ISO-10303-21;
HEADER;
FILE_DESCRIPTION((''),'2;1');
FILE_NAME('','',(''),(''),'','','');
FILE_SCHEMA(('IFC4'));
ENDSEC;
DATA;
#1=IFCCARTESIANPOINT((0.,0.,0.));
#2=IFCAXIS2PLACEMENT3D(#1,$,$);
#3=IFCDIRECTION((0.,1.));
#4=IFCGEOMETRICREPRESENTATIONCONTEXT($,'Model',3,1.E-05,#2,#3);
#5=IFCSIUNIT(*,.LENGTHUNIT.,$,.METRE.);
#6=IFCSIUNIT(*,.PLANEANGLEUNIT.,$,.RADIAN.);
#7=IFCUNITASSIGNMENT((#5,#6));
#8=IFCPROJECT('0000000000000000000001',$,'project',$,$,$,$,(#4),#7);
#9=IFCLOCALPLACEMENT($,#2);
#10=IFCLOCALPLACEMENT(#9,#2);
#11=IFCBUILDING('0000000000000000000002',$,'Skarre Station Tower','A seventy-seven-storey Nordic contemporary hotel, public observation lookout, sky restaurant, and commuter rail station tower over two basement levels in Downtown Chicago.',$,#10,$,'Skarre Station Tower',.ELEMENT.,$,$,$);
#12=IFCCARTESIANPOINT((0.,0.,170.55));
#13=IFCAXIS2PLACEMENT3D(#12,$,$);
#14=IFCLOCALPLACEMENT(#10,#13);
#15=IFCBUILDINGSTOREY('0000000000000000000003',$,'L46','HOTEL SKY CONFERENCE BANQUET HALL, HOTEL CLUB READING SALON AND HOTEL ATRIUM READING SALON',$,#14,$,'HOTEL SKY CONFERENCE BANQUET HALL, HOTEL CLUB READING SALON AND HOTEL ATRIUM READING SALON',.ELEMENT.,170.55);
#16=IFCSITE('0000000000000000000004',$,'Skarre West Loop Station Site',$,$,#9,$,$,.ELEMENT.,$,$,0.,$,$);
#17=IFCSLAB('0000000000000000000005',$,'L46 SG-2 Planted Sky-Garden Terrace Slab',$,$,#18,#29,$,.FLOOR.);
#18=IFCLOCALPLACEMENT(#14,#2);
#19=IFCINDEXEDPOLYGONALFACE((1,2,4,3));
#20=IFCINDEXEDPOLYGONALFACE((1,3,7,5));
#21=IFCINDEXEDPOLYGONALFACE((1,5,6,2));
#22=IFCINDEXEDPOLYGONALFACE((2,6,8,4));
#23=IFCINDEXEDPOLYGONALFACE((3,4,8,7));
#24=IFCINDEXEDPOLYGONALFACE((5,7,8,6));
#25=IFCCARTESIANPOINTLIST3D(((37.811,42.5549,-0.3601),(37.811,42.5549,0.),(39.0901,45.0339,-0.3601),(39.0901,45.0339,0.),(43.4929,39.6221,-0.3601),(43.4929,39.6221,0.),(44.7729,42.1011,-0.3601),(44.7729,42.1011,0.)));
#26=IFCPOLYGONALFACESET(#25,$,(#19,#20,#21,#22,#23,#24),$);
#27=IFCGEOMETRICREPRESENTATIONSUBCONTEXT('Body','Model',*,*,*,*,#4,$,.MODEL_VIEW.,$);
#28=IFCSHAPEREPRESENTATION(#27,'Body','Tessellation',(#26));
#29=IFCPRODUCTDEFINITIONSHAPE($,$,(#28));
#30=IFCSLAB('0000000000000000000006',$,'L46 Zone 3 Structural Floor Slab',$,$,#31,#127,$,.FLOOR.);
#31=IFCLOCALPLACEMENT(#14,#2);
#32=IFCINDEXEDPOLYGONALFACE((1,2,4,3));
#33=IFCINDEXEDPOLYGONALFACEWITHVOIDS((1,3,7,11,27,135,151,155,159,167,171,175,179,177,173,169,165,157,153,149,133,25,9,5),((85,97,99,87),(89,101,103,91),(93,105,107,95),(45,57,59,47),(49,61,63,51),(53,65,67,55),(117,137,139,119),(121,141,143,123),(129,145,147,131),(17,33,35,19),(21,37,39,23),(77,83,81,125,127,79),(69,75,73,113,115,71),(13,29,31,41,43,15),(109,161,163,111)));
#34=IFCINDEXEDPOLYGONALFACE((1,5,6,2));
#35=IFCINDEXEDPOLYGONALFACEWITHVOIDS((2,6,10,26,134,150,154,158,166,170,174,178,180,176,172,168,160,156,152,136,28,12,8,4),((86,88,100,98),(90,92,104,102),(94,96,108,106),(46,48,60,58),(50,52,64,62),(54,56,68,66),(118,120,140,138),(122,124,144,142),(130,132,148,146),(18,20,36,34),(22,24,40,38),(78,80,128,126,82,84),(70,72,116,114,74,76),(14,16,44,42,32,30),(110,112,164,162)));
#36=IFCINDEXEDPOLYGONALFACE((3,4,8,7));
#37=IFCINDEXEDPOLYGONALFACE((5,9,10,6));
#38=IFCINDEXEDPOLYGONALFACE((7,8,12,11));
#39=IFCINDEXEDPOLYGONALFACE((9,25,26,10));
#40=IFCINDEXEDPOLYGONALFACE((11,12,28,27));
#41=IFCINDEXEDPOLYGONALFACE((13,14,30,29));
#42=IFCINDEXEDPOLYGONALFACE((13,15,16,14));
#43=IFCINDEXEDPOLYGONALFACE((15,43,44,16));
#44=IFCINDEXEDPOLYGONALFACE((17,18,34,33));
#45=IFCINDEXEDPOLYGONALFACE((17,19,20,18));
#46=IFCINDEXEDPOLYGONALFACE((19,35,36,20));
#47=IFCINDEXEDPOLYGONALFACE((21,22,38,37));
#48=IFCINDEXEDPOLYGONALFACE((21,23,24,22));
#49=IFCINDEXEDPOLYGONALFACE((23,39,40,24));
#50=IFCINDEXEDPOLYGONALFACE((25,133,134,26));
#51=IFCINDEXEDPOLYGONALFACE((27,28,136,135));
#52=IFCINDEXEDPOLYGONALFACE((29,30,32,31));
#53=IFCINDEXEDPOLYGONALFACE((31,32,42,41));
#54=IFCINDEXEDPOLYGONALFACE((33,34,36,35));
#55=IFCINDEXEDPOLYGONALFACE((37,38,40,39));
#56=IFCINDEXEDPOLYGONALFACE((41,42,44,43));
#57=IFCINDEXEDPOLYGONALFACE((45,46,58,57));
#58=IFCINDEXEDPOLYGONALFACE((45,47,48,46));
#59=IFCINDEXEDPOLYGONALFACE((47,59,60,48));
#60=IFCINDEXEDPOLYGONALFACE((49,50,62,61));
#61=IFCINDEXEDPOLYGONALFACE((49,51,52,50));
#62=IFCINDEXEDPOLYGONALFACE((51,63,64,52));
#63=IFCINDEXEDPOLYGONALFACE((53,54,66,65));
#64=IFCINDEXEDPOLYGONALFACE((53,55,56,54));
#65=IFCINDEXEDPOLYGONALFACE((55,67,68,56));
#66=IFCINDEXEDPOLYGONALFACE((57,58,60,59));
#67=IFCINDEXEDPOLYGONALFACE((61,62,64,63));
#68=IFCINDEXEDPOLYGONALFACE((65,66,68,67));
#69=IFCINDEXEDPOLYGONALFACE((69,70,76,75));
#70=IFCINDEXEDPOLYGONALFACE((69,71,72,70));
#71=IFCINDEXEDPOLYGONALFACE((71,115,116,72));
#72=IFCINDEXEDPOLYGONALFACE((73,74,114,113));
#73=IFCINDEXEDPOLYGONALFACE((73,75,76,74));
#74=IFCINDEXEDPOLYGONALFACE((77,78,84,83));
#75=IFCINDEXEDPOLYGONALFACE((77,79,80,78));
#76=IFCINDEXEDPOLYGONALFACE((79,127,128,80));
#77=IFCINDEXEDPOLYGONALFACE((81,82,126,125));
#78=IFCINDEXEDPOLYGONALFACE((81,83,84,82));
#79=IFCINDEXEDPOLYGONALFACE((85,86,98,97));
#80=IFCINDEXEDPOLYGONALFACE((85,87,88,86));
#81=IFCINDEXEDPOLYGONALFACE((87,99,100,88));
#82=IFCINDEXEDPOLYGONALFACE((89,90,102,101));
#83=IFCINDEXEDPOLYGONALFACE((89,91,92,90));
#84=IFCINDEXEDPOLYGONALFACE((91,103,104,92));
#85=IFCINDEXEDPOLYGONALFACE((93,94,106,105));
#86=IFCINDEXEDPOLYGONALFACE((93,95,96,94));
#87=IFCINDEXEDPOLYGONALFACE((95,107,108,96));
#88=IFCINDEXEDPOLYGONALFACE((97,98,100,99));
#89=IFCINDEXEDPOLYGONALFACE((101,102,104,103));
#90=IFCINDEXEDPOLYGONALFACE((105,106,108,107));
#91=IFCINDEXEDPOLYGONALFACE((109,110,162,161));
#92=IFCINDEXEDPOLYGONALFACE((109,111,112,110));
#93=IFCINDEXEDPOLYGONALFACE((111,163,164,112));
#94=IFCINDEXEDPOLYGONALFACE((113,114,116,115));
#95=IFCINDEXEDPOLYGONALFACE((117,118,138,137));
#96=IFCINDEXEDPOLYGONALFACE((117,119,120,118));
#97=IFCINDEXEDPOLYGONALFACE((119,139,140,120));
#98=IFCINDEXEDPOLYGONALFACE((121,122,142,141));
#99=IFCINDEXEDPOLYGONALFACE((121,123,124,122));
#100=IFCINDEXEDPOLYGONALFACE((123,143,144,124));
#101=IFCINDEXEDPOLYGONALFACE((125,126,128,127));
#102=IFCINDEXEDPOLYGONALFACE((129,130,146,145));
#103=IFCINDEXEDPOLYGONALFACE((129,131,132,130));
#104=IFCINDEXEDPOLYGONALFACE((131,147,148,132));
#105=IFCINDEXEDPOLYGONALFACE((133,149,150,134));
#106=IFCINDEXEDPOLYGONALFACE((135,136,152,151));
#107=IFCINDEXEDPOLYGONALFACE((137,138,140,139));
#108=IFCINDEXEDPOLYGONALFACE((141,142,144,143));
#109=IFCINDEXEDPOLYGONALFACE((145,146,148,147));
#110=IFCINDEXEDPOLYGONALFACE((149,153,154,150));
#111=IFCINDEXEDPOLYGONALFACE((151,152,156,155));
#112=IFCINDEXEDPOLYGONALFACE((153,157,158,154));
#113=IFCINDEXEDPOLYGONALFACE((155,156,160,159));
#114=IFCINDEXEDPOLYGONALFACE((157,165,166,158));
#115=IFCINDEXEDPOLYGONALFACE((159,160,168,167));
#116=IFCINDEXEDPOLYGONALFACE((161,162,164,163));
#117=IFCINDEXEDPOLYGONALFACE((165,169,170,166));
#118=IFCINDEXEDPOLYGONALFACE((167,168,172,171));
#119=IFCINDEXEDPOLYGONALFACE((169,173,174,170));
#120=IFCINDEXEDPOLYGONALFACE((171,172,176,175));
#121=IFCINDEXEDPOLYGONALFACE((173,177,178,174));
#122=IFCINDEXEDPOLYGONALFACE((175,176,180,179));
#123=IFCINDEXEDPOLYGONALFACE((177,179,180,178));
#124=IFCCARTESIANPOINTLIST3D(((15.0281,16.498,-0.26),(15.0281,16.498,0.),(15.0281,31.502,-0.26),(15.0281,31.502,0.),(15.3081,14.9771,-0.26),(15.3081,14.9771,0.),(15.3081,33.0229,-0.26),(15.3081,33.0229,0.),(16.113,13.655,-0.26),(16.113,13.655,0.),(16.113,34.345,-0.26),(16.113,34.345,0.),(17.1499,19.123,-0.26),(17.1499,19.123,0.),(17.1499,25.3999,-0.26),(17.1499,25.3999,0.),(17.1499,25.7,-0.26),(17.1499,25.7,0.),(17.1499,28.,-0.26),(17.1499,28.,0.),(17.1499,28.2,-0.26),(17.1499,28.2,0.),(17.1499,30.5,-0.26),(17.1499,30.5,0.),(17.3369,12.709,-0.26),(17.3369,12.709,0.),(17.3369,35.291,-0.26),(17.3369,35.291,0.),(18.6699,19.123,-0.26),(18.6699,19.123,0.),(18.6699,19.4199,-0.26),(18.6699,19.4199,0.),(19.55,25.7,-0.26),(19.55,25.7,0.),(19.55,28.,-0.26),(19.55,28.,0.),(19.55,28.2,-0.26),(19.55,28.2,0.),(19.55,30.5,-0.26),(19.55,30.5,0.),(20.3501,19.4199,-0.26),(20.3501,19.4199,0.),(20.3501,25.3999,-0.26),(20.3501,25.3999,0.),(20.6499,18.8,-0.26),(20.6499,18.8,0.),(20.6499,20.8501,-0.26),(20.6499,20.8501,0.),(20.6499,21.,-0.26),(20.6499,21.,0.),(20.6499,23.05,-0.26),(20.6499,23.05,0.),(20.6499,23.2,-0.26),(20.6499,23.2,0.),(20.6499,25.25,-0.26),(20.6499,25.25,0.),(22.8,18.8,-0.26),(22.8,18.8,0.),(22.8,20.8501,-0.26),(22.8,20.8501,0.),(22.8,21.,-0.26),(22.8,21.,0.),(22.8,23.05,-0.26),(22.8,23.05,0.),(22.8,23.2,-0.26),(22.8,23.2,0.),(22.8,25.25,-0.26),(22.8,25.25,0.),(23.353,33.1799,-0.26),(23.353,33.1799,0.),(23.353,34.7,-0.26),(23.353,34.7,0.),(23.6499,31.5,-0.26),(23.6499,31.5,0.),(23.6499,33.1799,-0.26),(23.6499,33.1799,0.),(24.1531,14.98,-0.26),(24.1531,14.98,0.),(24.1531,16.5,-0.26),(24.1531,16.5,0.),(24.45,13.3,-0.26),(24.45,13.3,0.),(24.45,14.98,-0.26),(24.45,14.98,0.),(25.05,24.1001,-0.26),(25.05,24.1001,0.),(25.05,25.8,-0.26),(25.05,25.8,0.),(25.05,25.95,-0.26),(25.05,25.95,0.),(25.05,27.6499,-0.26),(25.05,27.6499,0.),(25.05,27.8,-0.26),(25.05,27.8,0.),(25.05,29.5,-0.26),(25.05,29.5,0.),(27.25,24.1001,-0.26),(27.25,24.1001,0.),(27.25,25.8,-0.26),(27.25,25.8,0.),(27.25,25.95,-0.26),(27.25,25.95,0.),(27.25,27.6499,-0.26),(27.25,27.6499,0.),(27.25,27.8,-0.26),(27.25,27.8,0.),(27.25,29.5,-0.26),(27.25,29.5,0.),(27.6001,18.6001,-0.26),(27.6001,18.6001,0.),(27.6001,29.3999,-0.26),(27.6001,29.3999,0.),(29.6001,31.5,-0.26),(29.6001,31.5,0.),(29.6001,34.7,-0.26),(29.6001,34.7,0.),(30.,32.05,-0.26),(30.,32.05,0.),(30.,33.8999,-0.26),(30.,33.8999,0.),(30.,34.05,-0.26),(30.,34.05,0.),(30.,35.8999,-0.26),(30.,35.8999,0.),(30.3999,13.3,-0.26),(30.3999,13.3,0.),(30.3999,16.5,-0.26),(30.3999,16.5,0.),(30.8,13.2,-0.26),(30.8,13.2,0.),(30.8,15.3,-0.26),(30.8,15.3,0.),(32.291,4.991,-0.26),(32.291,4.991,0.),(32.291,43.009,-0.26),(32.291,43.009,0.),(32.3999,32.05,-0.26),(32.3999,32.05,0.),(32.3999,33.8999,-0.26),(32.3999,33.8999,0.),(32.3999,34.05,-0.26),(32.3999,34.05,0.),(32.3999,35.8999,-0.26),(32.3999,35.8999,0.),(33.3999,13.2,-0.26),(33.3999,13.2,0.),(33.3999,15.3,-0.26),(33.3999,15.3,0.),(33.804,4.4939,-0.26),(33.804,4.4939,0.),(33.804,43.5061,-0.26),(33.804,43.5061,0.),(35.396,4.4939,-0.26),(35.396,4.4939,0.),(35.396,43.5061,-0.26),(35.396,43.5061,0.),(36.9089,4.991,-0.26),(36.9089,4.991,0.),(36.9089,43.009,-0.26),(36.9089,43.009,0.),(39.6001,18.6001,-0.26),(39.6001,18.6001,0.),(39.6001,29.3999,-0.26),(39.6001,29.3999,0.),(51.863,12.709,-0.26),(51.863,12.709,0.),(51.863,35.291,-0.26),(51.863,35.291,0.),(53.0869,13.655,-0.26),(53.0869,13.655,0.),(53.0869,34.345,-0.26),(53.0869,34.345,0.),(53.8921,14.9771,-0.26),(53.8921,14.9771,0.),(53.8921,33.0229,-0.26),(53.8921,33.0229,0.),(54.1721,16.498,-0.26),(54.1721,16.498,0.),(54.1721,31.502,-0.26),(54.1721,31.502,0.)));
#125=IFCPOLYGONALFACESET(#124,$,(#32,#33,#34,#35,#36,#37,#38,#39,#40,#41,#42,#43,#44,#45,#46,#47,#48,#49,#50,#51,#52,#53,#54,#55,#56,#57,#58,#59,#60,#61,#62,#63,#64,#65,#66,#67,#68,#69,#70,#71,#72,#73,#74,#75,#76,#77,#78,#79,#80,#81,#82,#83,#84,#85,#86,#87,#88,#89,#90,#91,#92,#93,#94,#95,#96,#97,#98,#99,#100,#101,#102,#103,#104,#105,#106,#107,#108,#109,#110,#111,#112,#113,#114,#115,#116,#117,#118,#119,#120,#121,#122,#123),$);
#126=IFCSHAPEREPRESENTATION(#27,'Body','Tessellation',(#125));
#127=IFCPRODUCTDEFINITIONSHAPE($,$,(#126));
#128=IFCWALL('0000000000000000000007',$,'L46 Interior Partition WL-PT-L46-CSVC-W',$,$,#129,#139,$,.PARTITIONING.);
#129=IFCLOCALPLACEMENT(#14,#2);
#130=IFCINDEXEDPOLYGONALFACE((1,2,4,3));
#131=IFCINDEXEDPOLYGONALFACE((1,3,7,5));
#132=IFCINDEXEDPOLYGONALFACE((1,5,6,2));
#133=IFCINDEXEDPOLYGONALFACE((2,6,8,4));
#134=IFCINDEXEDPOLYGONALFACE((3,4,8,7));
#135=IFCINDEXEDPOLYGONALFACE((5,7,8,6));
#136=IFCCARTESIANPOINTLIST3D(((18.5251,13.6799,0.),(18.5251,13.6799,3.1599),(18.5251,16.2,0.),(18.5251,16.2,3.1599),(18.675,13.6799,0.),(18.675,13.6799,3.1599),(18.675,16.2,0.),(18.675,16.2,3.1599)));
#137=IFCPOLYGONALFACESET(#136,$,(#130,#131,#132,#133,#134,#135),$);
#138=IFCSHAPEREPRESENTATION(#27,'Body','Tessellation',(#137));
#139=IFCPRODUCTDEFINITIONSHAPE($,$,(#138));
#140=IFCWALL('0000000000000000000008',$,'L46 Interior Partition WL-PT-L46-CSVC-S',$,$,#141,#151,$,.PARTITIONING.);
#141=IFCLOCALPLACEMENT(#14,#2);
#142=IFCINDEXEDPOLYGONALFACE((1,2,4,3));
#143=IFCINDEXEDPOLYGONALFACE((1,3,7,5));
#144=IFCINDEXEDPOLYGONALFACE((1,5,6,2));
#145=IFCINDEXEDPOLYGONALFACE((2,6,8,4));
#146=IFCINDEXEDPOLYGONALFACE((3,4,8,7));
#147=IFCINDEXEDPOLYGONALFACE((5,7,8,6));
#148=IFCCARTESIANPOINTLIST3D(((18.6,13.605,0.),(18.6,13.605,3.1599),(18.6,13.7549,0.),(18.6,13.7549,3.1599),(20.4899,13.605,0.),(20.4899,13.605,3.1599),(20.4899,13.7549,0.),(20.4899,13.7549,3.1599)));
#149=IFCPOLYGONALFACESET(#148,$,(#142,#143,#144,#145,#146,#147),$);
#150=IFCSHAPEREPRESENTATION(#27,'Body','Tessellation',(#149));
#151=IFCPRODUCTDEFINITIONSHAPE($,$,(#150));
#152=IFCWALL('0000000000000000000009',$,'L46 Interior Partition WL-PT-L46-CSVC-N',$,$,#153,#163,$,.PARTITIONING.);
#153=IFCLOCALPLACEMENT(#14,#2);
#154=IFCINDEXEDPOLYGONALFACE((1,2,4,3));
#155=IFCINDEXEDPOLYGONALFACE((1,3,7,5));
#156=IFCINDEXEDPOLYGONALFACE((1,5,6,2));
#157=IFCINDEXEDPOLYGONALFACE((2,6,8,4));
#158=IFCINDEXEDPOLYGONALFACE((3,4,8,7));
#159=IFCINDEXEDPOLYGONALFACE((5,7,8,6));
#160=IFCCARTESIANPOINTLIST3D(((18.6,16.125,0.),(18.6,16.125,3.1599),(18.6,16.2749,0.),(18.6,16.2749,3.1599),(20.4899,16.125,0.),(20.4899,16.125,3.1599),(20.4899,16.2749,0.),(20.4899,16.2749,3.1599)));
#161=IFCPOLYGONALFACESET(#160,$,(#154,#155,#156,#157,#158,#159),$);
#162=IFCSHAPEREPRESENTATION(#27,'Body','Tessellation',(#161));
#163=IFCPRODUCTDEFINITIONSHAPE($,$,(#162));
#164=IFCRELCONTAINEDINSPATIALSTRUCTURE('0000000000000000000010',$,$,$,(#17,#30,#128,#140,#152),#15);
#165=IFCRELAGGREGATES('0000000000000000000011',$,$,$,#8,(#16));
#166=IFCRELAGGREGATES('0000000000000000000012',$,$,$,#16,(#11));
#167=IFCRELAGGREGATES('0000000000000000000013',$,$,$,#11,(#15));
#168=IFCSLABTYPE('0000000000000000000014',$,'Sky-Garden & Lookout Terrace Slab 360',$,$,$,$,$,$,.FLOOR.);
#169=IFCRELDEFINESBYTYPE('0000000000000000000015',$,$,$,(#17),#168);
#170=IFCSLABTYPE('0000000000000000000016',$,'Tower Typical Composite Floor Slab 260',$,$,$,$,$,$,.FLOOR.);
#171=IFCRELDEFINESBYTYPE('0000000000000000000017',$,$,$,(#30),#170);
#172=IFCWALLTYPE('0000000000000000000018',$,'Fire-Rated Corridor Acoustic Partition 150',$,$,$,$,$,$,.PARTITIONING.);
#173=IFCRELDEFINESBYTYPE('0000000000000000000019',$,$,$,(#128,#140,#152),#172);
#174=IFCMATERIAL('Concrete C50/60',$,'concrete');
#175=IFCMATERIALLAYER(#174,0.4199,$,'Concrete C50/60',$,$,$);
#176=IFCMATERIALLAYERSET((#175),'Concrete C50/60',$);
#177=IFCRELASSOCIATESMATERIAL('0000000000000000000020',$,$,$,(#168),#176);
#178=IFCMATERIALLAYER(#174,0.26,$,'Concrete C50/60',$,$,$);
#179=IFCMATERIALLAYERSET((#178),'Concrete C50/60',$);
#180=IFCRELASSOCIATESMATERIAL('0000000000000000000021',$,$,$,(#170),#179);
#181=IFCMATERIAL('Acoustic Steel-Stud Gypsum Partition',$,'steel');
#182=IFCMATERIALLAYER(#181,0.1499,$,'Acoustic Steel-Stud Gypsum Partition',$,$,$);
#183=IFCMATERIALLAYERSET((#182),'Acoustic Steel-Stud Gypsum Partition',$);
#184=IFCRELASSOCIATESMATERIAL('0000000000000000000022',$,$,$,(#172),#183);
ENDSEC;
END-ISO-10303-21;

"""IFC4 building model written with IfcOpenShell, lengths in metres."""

from ifc_helpers import new_model, si_unit, direction, frame, frame_2d, origin, place, context, subcontext, project, spatial, polyline, rectangle, outline, extrude, material, layer, layer_set, type_object, element, save


model = new_model("IFC4")

# Units and contexts
model_context = context("Model", 3, precision=1e-05, world=origin(), true_north=direction((0.0, 1.0)))
body_context = subcontext(model_context, "Body", "Model", "MODEL_VIEW")
ifc_project = project(units=[si_unit("LENGTHUNIT", "METRE"), si_unit("PLANEANGLEUNIT", "RADIAN")], contexts=[model_context])

# Site, building, storey
site_placement = place(None, origin())
site = spatial("IfcSite", under=ifc_project, at=site_placement, Name="Skarre West Loop Station Site", CompositionType="ELEMENT", RefElevation=0.0)
building_placement = place(site_placement, origin())
building = spatial("IfcBuilding", under=site, at=building_placement, Name="Skarre Station Tower", Description="A seventy-seven-storey Nordic contemporary hotel, public observation lookout, sky restaurant, and commuter rail station tower over two basement levels in Downtown Chicago.", LongName="Skarre Station Tower", CompositionType="ELEMENT")
storey_placement = place(building_placement, frame((0.0, 0.0, 170.55)))
storey = spatial("IfcBuildingStorey", under=building, at=storey_placement, Name="L46", Description="HOTEL SKY CONFERENCE BANQUET HALL, HOTEL CLUB READING SALON AND HOTEL ATRIUM READING SALON", LongName="HOTEL SKY CONFERENCE BANQUET HALL, HOTEL CLUB READING SALON AND HOTEL ATRIUM READING SALON", CompositionType="ELEMENT", Elevation=170.55)

# Slabs
ifc_material_1 = material(Name="Concrete C50/60", Category="concrete")
ifc_layer_1 = layer(ifc_material_1, 0.4199, Name="Concrete C50/60")
ifc_layer_set_1 = layer_set([ifc_layer_1], Name="Concrete C50/60")
slab_type_1 = type_object("IfcSlabType", Name="Sky-Garden & Lookout Terrace Slab 360", PredefinedType="FLOOR", material=ifc_layer_set_1)
slab_1_placement = place(storey_placement, frame((0.0, 0.0, -0.3601)))
element("IfcSlab", 1, at=slab_1_placement, inside=storey, type_object=slab_type_1, Name="L46 SG-2 Planted Sky-Garden Terrace Slab", PredefinedType="FLOOR", context=body_context, shape_type="SweptSolid", body=[
    extrude(outline(polyline([(37.811, 42.5549), (43.4929, 39.6221), (44.7729, 42.1011), (39.0901, 45.0339), (37.811, 42.5549)])), origin(), (0.0, 0.0, 1.0), 0.3601),
])
ifc_layer_2 = layer(ifc_material_1, 0.26, Name="Concrete C50/60")
ifc_layer_set_2 = layer_set([ifc_layer_2], Name="Concrete C50/60")
slab_type_2 = type_object("IfcSlabType", Name="Tower Typical Composite Floor Slab 260", PredefinedType="FLOOR", material=ifc_layer_set_2)
slab_2_placement = place(storey_placement, frame((0.0, 0.0, -0.26)))
element("IfcSlab", 2, at=slab_2_placement, inside=storey, type_object=slab_type_2, Name="L46 Zone 3 Structural Floor Slab", PredefinedType="FLOOR", context=body_context, shape_type="SweptSolid", body=[
    extrude(outline(polyline([(54.1721, 31.502), (53.8921, 33.0229), (53.0869, 34.345), (51.863, 35.291), (36.9089, 43.009), (35.396, 43.5061), (33.804, 43.5061), (32.291, 43.009), (17.3369, 35.291), (16.113, 34.345), (15.3081, 33.0229), (15.0281, 31.502), (15.0281, 16.498), (15.3081, 14.9771), (16.113, 13.655), (17.3369, 12.709), (32.291, 4.991), (33.804, 4.4939), (35.396, 4.4939), (36.9089, 4.991), (51.863, 12.709), (53.0869, 13.655), (53.8921, 14.9771), (54.1721, 16.498), (54.1721, 31.502)]), holes=[polyline([(18.6699, 19.4199), (18.6699, 19.123), (17.1499, 19.123), (17.1499, 25.3999), (20.3501, 25.3999), (20.3501, 19.4199), (18.6699, 19.4199)]), polyline([(24.45, 14.98), (24.1531, 14.98), (24.1531, 16.5), (30.3999, 16.5), (30.3999, 13.3), (24.45, 13.3), (24.45, 14.98)]), polyline([(23.6499, 33.1799), (23.353, 33.1799), (23.353, 34.7), (29.6001, 34.7), (29.6001, 31.5), (23.6499, 31.5), (23.6499, 33.1799)]), polyline([(17.1499, 28.0), (19.55, 28.0), (19.55, 25.7), (17.1499, 25.7), (17.1499, 28.0)]), polyline([(17.1499, 30.5), (19.55, 30.5), (19.55, 28.2), (17.1499, 28.2), (17.1499, 30.5)]), polyline([(30.8, 15.3), (33.3999, 15.3), (33.3999, 13.2), (30.8, 13.2), (30.8, 15.3)]), polyline([(25.05, 25.8), (27.25, 25.8), (27.25, 24.1001), (25.05, 24.1001), (25.05, 25.8)]), polyline([(25.05, 27.6499), (27.25, 27.6499), (27.25, 25.95), (25.05, 25.95), (25.05, 27.6499)]), polyline([(25.05, 29.5), (27.25, 29.5), (27.25, 27.8), (25.05, 27.8), (25.05, 29.5)]), polyline([(20.6499, 20.8501), (22.8, 20.8501), (22.8, 18.8), (20.6499, 18.8), (20.6499, 20.8501)]), polyline([(20.6499, 23.05), (22.8, 23.05), (22.8, 21.0), (20.6499, 21.0), (20.6499, 23.05)]), polyline([(20.6499, 25.25), (22.8, 25.25), (22.8, 23.2), (20.6499, 23.2), (20.6499, 25.25)]), polyline([(30.0, 33.8999), (32.3999, 33.8999), (32.3999, 32.05), (30.0, 32.05), (30.0, 33.8999)]), polyline([(30.0, 35.8999), (32.3999, 35.8999), (32.3999, 34.05), (30.0, 34.05), (30.0, 35.8999)]), polyline([(27.6001, 29.3999), (39.6001, 29.3999), (39.6001, 18.6001), (27.6001, 18.6001), (27.6001, 29.3999)])]), origin(), (0.0, 0.0, 1.0), 0.26),
])

# Walls
ifc_material_2 = material(Name="Acoustic Steel-Stud Gypsum Partition", Category="steel")
ifc_layer_3 = layer(ifc_material_2, 0.1499, Name="Acoustic Steel-Stud Gypsum Partition")
ifc_layer_set_3 = layer_set([ifc_layer_3], Name="Acoustic Steel-Stud Gypsum Partition")
wall_type_1 = type_object("IfcWallType", Name="Fire-Rated Corridor Acoustic Partition 150", PredefinedType="PARTITIONING", material=ifc_layer_set_3)
wall_1_placement = place(storey_placement, frame((18.6001, 16.2, 0.0), z_axis=(0.0, 0.0, 1.0), x_axis=(0.0, -1.0, 0.0)))
element("IfcWall", 3, at=wall_1_placement, inside=storey, type_object=wall_type_1, Name="L46 Interior Partition WL-PT-L46-CSVC-W", PredefinedType="PARTITIONING", context=body_context, shape_type="SweptSolid", body=[
    extrude(rectangle(XDim=2.52, YDim=0.1499, at=frame_2d((1.26, 0.0))), origin(), (0.0, 0.0, 1.0), 3.1599),
])
for number, where, z_axis, x_axis, name in (
    (4, (18.6001, 13.6799, 0.0), (0.0, 0.0, 1.0), (1.0, 0.0, 0.0), "L46 Interior Partition WL-PT-L46-CSVC-S"),
    (5, (18.6001, 16.2, 0.0), (0.0, 0.0, 1.0), (1.0, 0.0, 0.0), "L46 Interior Partition WL-PT-L46-CSVC-N"),
):
    element("IfcWall", number, at=place(storey_placement, frame(where, z_axis=z_axis, x_axis=x_axis)), inside=storey, type_object=wall_type_1, Name=name, PredefinedType="PARTITIONING", context=body_context, shape_type="SweptSolid", body=[
        extrude(rectangle(XDim=1.8899, YDim=0.1499, at=frame_2d((0.9448, 0.0))), origin(), (0.0, 0.0, 1.0), 3.1599),
    ])

save(model, "model.ifc")
